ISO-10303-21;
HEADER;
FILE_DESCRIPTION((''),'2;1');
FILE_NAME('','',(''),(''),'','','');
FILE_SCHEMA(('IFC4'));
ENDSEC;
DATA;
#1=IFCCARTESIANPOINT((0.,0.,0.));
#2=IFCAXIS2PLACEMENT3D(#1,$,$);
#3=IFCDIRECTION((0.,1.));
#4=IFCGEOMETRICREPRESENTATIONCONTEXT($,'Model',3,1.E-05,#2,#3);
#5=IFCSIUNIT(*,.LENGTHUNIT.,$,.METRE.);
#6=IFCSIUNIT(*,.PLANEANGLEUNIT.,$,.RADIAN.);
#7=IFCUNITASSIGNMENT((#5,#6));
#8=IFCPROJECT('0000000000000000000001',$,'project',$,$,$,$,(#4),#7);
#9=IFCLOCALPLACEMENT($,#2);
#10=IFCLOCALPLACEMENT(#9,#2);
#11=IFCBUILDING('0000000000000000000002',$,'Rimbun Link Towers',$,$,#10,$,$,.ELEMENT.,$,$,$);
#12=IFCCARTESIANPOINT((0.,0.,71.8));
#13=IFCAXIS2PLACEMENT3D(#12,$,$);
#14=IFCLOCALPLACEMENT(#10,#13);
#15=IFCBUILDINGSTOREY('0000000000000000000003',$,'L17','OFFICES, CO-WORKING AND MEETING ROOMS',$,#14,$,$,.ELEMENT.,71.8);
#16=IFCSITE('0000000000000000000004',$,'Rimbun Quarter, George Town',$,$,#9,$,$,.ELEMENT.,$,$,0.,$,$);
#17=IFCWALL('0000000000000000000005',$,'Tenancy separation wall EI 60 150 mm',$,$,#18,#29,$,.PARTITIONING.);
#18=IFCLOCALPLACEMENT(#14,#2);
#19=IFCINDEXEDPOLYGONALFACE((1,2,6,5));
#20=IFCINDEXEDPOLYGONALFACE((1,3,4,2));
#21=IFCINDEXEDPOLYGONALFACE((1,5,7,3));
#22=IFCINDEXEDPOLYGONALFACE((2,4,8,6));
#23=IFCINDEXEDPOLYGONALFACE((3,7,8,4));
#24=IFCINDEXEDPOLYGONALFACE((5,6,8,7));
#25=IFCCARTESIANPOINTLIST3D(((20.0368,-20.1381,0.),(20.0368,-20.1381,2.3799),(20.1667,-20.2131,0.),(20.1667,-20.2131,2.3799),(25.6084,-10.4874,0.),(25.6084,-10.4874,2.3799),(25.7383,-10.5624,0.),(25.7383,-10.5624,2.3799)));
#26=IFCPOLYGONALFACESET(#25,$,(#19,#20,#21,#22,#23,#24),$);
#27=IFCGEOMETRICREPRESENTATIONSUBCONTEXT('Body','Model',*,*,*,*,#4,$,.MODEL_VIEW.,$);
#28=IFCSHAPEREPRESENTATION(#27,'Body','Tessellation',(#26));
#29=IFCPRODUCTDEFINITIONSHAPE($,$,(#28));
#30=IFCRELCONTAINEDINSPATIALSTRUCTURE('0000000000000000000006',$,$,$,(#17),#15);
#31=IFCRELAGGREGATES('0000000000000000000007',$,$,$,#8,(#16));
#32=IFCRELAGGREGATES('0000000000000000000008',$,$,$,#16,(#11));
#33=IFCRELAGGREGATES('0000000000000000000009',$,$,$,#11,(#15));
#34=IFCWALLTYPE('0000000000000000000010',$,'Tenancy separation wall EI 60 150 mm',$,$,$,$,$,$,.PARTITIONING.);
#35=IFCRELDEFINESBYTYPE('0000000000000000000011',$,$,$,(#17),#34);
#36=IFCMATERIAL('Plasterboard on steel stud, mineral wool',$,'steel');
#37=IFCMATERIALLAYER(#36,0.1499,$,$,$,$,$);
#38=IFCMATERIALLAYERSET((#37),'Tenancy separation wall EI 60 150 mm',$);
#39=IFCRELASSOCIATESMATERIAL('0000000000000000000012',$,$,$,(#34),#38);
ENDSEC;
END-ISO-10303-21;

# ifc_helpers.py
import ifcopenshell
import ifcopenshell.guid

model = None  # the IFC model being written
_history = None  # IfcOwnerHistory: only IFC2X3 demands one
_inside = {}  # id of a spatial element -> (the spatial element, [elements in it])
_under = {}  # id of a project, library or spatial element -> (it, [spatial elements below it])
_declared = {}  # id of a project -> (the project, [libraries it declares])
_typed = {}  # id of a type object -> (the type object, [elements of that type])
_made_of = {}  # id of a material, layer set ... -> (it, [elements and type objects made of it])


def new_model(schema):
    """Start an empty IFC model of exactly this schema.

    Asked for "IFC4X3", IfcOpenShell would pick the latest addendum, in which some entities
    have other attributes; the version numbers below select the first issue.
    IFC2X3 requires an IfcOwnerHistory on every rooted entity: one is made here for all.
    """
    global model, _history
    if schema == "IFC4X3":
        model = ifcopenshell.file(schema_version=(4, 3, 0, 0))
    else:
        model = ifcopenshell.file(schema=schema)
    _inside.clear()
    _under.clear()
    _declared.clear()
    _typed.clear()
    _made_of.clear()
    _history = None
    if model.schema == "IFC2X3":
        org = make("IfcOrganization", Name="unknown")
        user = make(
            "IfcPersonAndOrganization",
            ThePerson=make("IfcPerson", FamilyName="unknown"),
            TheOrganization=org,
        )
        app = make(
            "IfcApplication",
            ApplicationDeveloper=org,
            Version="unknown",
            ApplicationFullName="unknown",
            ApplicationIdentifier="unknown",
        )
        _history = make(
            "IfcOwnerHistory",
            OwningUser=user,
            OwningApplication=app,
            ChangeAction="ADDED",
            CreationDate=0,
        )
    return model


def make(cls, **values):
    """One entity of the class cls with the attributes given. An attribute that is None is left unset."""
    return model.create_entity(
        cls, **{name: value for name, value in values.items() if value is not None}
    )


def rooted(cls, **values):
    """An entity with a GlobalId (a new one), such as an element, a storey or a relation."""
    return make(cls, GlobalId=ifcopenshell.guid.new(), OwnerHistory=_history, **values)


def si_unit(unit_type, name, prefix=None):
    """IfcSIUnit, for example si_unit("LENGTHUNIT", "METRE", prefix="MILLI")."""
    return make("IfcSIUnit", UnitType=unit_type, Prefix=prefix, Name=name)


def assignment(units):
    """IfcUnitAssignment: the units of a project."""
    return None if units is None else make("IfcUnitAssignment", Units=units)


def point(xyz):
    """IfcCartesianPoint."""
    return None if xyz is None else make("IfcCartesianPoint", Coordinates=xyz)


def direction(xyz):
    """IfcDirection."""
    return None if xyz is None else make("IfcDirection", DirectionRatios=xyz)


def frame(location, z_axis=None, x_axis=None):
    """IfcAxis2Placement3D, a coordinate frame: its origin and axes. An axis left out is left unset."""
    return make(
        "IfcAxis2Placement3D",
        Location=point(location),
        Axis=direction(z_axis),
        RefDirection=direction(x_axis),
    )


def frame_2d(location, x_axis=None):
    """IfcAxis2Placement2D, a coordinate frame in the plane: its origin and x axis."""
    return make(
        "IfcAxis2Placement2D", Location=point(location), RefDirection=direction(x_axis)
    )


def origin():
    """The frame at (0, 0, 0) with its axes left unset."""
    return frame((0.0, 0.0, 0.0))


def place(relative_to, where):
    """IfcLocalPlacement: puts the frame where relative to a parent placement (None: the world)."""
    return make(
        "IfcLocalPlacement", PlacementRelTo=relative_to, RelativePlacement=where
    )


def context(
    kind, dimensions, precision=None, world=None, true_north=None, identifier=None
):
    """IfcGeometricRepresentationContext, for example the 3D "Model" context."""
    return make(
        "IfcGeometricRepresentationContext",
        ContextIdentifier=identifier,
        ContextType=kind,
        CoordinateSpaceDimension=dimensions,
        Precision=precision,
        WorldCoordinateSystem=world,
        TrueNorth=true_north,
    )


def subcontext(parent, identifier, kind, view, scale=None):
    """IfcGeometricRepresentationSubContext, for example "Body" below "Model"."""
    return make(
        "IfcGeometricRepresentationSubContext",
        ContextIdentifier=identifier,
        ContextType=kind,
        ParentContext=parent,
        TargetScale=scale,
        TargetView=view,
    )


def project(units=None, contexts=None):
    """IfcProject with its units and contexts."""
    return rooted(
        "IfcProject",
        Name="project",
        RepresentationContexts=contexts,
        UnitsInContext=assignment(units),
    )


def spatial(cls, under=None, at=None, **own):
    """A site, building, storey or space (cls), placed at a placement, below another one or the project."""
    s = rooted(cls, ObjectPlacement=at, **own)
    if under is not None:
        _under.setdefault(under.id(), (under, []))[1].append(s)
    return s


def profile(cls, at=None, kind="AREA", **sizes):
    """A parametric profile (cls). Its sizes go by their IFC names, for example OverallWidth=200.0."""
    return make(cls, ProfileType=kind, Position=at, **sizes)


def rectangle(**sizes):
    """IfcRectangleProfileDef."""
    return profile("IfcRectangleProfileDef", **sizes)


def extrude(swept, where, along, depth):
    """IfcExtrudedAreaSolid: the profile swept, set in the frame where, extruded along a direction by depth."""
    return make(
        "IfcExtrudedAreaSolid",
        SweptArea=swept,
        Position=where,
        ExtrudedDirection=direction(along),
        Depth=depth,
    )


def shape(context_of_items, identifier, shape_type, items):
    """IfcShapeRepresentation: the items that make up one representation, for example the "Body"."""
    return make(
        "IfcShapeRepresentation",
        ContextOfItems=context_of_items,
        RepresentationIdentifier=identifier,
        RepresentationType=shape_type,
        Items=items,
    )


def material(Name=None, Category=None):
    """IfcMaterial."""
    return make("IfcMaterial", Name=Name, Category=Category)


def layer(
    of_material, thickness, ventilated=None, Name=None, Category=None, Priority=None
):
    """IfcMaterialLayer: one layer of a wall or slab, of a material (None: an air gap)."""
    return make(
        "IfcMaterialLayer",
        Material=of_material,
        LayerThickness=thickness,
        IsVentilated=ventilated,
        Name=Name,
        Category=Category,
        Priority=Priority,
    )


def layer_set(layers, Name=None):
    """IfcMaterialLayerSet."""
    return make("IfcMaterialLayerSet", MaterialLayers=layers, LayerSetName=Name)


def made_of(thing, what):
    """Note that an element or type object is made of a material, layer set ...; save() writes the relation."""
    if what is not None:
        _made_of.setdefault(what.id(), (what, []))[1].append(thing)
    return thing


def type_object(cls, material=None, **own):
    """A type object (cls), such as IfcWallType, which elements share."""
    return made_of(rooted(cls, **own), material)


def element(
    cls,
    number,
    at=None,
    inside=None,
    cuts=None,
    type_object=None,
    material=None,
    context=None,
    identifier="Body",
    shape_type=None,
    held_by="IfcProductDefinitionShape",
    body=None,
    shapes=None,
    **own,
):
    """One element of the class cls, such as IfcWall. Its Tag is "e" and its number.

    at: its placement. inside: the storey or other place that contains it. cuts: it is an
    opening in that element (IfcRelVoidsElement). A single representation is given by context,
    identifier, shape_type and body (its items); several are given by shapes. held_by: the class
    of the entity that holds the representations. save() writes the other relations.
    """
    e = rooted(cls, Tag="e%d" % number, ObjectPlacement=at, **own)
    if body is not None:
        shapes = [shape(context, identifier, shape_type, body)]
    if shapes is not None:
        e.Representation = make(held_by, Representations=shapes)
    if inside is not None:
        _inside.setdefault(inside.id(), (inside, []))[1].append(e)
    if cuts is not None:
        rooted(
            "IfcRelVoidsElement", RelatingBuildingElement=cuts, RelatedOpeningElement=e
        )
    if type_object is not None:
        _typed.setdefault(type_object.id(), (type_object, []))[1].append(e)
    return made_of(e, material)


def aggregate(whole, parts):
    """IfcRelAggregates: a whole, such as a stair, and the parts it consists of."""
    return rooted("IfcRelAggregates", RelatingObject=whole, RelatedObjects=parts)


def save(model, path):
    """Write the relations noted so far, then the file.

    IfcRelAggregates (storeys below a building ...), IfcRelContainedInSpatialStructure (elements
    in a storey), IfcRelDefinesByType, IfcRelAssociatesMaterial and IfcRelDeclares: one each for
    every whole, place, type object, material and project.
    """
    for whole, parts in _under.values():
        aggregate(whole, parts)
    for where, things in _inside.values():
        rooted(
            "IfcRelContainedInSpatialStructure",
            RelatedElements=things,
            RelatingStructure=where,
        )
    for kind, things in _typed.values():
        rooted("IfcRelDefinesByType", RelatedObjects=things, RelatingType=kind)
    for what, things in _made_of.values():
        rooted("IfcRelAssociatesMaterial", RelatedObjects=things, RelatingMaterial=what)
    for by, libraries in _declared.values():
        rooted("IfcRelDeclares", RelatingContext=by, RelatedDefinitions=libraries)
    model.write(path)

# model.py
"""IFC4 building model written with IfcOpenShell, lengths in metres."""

from ifc_helpers import new_model, si_unit, direction, frame, frame_2d, origin, place, context, subcontext, project, spatial, rectangle, extrude, material, layer, layer_set, type_object, element, save


model = new_model("IFC4")

# Units and contexts
model_context = context("Model", 3, precision=1e-05, world=origin(), true_north=direction((0.0, 1.0)))
body_context = subcontext(model_context, "Body", "Model", "MODEL_VIEW")
ifc_project = project(units=[si_unit("LENGTHUNIT", "METRE"), si_unit("PLANEANGLEUNIT", "RADIAN")], contexts=[model_context])

# Site, building, storey
site_placement = place(None, origin())
site = spatial("IfcSite", under=ifc_project, at=site_placement, Name="Rimbun Quarter, George Town", CompositionType="ELEMENT", RefElevation=0.0)
building_placement = place(site_placement, origin())
building = spatial("IfcBuilding", under=site, at=building_placement, Name="Rimbun Link Towers", CompositionType="ELEMENT")
storey_placement = place(building_placement, frame((0.0, 0.0, 71.8)))
storey = spatial("IfcBuildingStorey", under=building, at=storey_placement, Name="L17", Description="OFFICES, CO-WORKING AND MEETING ROOMS", CompositionType="ELEMENT", Elevation=71.8)

# Wall
ifc_material_1 = material(Name="Plasterboard on steel stud, mineral wool", Category="steel")
ifc_layer_1 = layer(ifc_material_1, 0.1499)
ifc_layer_set_1 = layer_set([ifc_layer_1], Name="Tenancy separation wall EI 60 150 mm")
wall_type_1 = type_object("IfcWallType", Name="Tenancy separation wall EI 60 150 mm", PredefinedType="PARTITIONING", material=ifc_layer_set_1)
wall_1_placement = place(storey_placement, frame((25.6733, -10.5249, 0.0), z_axis=(0.0, 0.0, 1.0), x_axis=(-0.499982, -0.866036, 0.0)))
element("IfcWall", 1, at=wall_1_placement, inside=storey, type_object=wall_type_1, Name="Tenancy separation wall EI 60 150 mm", PredefinedType="PARTITIONING", context=body_context, shape_type="SweptSolid", body=[
    extrude(rectangle(XDim=11.1436, YDim=0.1499, at=frame_2d((5.5718, 0.0))), origin(), (0.0, 0.0, 1.0), 2.3799),
])

save(model, "model.ifc")
